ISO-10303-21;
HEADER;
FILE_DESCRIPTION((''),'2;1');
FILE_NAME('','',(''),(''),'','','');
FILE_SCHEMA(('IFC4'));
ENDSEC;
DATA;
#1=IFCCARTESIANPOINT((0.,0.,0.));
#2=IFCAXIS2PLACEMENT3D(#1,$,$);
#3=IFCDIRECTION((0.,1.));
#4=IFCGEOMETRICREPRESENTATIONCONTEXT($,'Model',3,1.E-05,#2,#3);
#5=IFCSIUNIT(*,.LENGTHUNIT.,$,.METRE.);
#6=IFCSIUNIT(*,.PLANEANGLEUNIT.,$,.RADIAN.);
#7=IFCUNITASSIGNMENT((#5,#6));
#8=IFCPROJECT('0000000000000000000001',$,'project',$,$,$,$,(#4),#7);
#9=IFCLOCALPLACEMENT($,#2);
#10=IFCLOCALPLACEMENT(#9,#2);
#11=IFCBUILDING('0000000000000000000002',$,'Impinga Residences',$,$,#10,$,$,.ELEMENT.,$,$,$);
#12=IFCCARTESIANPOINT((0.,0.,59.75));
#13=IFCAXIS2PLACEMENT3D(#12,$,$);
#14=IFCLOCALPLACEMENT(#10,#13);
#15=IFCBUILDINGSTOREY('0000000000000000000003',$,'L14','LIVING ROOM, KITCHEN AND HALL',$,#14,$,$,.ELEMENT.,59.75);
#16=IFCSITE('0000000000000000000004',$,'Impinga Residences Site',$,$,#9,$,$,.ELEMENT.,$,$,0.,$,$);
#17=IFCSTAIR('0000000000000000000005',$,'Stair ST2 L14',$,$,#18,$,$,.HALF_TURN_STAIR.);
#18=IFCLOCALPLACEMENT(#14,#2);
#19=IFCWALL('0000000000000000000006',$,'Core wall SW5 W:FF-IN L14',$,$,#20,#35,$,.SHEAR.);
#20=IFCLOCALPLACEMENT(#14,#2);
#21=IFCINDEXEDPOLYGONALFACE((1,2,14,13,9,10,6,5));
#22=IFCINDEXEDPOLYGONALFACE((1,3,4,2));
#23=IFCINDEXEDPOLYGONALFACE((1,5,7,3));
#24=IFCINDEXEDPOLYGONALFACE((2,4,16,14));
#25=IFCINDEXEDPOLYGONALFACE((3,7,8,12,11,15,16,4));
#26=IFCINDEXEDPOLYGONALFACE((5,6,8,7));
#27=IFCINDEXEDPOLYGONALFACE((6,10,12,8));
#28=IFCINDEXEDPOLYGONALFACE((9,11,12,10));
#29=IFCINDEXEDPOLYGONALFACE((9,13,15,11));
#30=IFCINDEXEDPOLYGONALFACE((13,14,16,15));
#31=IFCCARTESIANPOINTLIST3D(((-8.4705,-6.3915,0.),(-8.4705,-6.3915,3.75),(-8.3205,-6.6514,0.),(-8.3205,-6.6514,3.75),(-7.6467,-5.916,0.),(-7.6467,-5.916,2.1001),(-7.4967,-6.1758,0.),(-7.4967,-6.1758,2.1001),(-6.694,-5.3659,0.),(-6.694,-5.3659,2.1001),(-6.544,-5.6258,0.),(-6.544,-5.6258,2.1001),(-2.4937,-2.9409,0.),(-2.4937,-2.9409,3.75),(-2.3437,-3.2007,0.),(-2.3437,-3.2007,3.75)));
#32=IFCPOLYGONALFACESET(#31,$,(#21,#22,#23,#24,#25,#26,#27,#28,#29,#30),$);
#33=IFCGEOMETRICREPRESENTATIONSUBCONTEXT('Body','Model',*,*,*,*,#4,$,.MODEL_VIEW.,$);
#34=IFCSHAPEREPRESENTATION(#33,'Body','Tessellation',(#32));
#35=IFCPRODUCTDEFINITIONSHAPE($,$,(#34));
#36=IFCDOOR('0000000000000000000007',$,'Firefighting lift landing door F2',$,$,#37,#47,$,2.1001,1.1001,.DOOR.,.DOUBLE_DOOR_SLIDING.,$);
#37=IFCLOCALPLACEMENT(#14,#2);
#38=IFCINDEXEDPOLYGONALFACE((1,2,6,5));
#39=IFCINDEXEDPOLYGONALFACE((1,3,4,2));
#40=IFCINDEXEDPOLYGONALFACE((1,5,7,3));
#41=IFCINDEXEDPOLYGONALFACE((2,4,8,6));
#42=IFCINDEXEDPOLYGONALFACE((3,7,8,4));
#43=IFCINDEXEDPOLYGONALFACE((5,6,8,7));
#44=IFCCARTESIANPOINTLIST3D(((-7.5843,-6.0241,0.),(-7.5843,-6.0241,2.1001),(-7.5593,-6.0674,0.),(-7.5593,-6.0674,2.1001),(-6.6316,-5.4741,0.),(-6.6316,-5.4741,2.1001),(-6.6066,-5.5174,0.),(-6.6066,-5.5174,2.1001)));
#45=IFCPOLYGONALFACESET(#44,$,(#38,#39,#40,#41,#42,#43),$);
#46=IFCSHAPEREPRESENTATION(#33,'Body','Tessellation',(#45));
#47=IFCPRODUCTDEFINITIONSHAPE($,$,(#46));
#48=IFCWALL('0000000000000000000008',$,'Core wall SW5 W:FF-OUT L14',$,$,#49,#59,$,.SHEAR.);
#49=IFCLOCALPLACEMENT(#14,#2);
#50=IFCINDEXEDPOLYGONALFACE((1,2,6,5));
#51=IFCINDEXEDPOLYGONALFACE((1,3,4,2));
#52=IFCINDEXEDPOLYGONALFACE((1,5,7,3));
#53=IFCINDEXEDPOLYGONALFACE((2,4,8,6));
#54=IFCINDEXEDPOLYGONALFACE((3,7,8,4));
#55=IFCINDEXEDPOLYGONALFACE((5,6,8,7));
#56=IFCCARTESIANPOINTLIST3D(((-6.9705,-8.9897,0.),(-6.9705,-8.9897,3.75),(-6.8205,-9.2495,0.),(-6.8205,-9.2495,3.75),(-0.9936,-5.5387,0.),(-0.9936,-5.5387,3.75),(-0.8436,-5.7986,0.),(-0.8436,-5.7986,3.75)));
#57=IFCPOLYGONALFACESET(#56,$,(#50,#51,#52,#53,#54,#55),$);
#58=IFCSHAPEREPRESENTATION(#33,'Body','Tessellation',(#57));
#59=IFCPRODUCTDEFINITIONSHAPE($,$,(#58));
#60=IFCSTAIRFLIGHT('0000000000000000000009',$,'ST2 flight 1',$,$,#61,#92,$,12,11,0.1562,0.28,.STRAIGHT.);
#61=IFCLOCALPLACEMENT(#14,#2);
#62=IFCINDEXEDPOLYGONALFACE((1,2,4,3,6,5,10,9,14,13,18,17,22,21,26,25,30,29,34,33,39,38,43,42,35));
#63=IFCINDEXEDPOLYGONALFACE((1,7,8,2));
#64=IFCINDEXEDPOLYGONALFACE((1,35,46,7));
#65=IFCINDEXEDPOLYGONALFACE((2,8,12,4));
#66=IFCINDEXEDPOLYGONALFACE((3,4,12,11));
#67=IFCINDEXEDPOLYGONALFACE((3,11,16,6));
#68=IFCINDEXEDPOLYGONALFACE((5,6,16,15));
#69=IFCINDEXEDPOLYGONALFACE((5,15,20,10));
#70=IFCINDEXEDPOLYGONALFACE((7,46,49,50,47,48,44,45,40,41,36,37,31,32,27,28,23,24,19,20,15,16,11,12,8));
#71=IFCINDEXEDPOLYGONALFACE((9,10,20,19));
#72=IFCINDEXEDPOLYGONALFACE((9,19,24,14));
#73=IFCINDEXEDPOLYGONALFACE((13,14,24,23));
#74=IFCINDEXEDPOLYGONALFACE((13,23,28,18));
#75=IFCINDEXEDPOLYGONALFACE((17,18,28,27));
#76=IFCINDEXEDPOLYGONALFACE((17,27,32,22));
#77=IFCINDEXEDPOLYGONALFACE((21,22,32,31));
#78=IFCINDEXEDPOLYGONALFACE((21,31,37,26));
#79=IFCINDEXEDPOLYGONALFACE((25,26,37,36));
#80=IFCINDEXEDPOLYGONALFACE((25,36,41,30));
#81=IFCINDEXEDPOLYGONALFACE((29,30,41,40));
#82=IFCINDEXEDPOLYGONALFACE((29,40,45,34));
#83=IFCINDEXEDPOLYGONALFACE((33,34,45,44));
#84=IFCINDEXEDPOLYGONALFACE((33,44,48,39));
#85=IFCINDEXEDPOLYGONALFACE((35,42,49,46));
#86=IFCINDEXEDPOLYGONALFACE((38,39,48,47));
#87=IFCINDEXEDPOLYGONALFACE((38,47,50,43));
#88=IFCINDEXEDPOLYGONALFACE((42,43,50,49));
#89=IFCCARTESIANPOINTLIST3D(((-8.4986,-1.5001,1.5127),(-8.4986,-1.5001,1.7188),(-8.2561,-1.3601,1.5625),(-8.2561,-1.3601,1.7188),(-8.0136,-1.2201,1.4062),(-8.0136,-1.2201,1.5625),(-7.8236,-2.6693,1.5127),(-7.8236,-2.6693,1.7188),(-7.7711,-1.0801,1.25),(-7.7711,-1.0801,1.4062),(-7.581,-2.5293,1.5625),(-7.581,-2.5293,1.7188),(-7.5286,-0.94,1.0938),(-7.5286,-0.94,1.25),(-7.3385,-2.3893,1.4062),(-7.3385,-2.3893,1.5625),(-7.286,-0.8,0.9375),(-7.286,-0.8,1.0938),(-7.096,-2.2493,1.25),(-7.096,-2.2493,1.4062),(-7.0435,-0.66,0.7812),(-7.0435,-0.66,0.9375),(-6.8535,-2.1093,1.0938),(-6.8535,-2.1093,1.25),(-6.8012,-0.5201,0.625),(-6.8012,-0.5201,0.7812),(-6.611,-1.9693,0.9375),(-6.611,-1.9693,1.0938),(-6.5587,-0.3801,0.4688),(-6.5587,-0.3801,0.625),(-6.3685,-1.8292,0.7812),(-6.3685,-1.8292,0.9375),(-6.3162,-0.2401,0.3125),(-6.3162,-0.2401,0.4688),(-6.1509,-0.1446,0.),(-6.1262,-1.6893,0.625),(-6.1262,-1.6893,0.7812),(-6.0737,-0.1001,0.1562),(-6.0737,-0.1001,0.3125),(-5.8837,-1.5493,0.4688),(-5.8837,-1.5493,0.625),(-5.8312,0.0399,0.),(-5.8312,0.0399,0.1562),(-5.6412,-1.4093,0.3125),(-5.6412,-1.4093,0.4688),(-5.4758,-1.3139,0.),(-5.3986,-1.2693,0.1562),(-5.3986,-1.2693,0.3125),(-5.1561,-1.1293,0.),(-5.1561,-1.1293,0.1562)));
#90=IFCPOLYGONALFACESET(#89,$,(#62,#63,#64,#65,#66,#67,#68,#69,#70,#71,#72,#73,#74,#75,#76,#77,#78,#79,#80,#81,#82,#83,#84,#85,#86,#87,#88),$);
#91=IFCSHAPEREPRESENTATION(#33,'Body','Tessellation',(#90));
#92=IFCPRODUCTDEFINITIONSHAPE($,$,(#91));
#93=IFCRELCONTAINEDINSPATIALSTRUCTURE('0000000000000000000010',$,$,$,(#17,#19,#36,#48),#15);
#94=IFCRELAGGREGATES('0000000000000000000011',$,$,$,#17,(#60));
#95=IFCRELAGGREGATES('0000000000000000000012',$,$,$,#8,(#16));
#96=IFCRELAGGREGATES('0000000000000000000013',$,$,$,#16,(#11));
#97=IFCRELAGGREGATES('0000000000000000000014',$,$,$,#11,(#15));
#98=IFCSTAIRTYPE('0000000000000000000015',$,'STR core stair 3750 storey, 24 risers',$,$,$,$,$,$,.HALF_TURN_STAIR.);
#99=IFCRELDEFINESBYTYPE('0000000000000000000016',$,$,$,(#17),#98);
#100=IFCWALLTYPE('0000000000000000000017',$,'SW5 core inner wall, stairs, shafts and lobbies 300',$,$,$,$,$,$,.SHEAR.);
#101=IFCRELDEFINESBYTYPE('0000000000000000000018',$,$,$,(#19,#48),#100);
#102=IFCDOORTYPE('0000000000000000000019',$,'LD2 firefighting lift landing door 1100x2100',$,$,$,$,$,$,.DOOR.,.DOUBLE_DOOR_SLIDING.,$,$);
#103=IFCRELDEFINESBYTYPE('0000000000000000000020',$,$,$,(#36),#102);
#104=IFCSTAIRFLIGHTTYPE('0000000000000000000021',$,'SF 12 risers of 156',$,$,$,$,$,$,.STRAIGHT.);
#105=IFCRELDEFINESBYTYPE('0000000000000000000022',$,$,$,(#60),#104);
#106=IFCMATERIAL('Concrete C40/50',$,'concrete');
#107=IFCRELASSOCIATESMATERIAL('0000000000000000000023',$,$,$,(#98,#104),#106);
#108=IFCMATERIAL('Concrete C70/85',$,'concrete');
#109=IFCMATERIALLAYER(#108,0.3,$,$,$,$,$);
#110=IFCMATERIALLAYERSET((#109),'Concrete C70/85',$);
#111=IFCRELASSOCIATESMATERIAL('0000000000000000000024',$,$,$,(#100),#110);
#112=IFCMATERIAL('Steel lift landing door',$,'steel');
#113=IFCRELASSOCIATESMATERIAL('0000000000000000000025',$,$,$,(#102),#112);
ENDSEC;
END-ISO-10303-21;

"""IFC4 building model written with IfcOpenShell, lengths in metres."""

from ifc_helpers import new_model, si_unit, direction, frame, frame_2d, origin, place, context, subcontext, project, spatial, polyline, rectangle, outline, extrude, material, layer, layer_set, type_object, element, fill, aggregate, save


model = new_model("IFC4")

# Units and contexts
model_context = context("Model", 3, precision=1e-05, world=origin(), true_north=direction((0.0, 1.0)))
body_context = subcontext(model_context, "Body", "Model", "MODEL_VIEW")
ifc_project = project(units=[si_unit("LENGTHUNIT", "METRE"), si_unit("PLANEANGLEUNIT", "RADIAN")], contexts=[model_context])

# Site, building, storey
site_placement = place(None, origin())
site = spatial("IfcSite", under=ifc_project, at=site_placement, Name="Impinga Residences Site", CompositionType="ELEMENT", RefElevation=0.0)
building_placement = place(site_placement, origin())
building = spatial("IfcBuilding", under=site, at=building_placement, Name="Impinga Residences", CompositionType="ELEMENT")
storey_placement = place(building_placement, frame((0.0, 0.0, 59.75)))
storey = spatial("IfcBuildingStorey", under=building, at=storey_placement, Name="L14", Description="LIVING ROOM, KITCHEN AND HALL", CompositionType="ELEMENT", Elevation=59.75)

# Stair
ifc_material_1 = material(Name="Concrete C40/50", Category="concrete")
stair_type = type_object("IfcStairType", Name="STR core stair 3750 storey, 24 risers", PredefinedType="HALF_TURN_STAIR", material=ifc_material_1)
stair_1_placement = place(storey_placement, origin())
stair_1 = element("IfcStair", 1, at=stair_1_placement, inside=storey, type_object=stair_type, Name="Stair ST2 L14", PredefinedType="HALF_TURN_STAIR")

# Shared definitions
ifc_material_2 = material(Name="Concrete C70/85", Category="concrete")

# Shared definitions
ifc_layer_1 = layer(ifc_material_2, 0.3)
ifc_layer_set_1 = layer_set([ifc_layer_1], Name="Concrete C70/85")
wall_type_1 = type_object("IfcWallType", Name="SW5 core inner wall, stairs, shafts and lobbies 300", PredefinedType="SHEAR", material=ifc_layer_set_1)

# Wall, opening, door
wall_1_placement = place(storey_placement, frame((-2.4187, -3.0708, 0.0), z_axis=(0.0, 0.0, 1.0), x_axis=(-0.866027, -0.499997, 0.0)))
wall_1 = element("IfcWall", 2, at=wall_1_placement, inside=storey, type_object=wall_type_1, Name="Core wall SW5 W:FF-IN L14", PredefinedType="SHEAR", context=body_context, shape_type="SweptSolid", body=[
    extrude(rectangle(XDim=6.9014, YDim=0.3, at=frame_2d((3.4507, 0.0))), origin(), (0.0, 0.0, 1.0), 3.75),
])
opening_1_placement = place(wall_1_placement, frame((4.8501, 0.0, 0.0)))
opening_1 = element("IfcOpeningElement", 3, at=opening_1_placement, cuts=wall_1, PredefinedType="OPENING", context=body_context, shape_type="SweptSolid", body=[
    extrude(rectangle(XDim=1.1001, YDim=2.1001, at=frame_2d((0.55, 1.05))), frame((0.0, 0.1599, 0.0), z_axis=(0.0, -1.0, 0.0), x_axis=(1.0, 0.0, 0.0)), (0.0, 0.0, 1.0), 0.3201),
])
ifc_material_3 = material(Name="Steel lift landing door", Category="steel")
door_type_1 = type_object("IfcDoorType", Name="LD2 firefighting lift landing door 1100x2100", OperationType="DOUBLE_DOOR_SLIDING", PredefinedType="DOOR", material=ifc_material_3)
door_1_placement = place(opening_1_placement, origin())
door_1 = element("IfcDoor", 4, at=door_1_placement, inside=storey, type_object=door_type_1, Name="Firefighting lift landing door F2", OperationType="DOUBLE_DOOR_SLIDING", OverallHeight=2.1001, OverallWidth=1.1001, PredefinedType="DOOR", context=body_context, shape_type="SweptSolid", body=[
    extrude(rectangle(XDim=1.1001, YDim=2.1001, at=frame_2d((0.55, 1.05))), frame((0.0, 0.0249, 0.0), z_axis=(0.0, -1.0, 0.0), x_axis=(1.0, 0.0, 0.0)), (0.0, 0.0, 1.0), 0.05),
])
fill(opening_1, door_1)

# Wall
wall_2_placement = place(storey_placement, frame((-0.9187, -5.6687, 0.0), z_axis=(0.0, 0.0, 1.0), x_axis=(-0.866012, -0.500024, 0.0)))
element("IfcWall", 5, at=wall_2_placement, inside=storey, type_object=wall_type_1, Name="Core wall SW5 W:FF-OUT L14", PredefinedType="SHEAR", context=body_context, shape_type="SweptSolid", body=[
    extrude(rectangle(XDim=6.9016, YDim=0.3, at=frame_2d((3.4507, 0.0))), origin(), (0.0, 0.0, 1.0), 3.75),
])

# Stair flight
stair_flight_type = type_object("IfcStairFlightType", Name="SF 12 risers of 156", PredefinedType="STRAIGHT", material=ifc_material_1)
stair_flight_placement = place(storey_placement, frame((-5.4937, -0.5447, 0.0), z_axis=(0.0, 0.0, 1.0), x_axis=(-0.866025, -0.5, 0.0)))
stair_flight = element("IfcStairFlight", 6, at=stair_flight_placement, type_object=stair_flight_type, Name="ST2 flight 1", NumberOfRisers=12, NumberOfTreads=11, PredefinedType="STRAIGHT", RiserHeight=0.1562, TreadLength=0.28, context=body_context, shape_type="SweptSolid", body=[
    extrude(outline(polyline([(0.0, 0.0), (0.0, 0.1562), (0.28, 0.1562), (0.28, 0.3125), (0.5601, 0.3125), (0.5601, 0.4688), (0.8401, 0.4688), (0.8401, 0.625), (1.1201, 0.625), (1.1201, 0.7812), (1.3999, 0.7812), (1.3999, 0.9375), (1.6799, 0.9375), (1.6799, 1.0938), (1.96, 1.0938), (1.96, 1.25), (2.24, 1.25), (2.24, 1.4062), (2.52, 1.4062), (2.52, 1.5625), (2.8, 1.5625), (2.8, 1.7188), (3.0801, 1.7188), (3.0801, 1.875), (3.0801, 1.5127), (0.3691, 0.0), (0.0, 0.0)])), frame((0.0, 0.675, 0.0), z_axis=(0.0, -1.0, 0.0), x_axis=(1.0, 0.0, 0.0)), (0.0, 0.0, 1.0), 1.3501),
])
aggregate(stair_1, [stair_flight])

save(model, "model.ifc")
